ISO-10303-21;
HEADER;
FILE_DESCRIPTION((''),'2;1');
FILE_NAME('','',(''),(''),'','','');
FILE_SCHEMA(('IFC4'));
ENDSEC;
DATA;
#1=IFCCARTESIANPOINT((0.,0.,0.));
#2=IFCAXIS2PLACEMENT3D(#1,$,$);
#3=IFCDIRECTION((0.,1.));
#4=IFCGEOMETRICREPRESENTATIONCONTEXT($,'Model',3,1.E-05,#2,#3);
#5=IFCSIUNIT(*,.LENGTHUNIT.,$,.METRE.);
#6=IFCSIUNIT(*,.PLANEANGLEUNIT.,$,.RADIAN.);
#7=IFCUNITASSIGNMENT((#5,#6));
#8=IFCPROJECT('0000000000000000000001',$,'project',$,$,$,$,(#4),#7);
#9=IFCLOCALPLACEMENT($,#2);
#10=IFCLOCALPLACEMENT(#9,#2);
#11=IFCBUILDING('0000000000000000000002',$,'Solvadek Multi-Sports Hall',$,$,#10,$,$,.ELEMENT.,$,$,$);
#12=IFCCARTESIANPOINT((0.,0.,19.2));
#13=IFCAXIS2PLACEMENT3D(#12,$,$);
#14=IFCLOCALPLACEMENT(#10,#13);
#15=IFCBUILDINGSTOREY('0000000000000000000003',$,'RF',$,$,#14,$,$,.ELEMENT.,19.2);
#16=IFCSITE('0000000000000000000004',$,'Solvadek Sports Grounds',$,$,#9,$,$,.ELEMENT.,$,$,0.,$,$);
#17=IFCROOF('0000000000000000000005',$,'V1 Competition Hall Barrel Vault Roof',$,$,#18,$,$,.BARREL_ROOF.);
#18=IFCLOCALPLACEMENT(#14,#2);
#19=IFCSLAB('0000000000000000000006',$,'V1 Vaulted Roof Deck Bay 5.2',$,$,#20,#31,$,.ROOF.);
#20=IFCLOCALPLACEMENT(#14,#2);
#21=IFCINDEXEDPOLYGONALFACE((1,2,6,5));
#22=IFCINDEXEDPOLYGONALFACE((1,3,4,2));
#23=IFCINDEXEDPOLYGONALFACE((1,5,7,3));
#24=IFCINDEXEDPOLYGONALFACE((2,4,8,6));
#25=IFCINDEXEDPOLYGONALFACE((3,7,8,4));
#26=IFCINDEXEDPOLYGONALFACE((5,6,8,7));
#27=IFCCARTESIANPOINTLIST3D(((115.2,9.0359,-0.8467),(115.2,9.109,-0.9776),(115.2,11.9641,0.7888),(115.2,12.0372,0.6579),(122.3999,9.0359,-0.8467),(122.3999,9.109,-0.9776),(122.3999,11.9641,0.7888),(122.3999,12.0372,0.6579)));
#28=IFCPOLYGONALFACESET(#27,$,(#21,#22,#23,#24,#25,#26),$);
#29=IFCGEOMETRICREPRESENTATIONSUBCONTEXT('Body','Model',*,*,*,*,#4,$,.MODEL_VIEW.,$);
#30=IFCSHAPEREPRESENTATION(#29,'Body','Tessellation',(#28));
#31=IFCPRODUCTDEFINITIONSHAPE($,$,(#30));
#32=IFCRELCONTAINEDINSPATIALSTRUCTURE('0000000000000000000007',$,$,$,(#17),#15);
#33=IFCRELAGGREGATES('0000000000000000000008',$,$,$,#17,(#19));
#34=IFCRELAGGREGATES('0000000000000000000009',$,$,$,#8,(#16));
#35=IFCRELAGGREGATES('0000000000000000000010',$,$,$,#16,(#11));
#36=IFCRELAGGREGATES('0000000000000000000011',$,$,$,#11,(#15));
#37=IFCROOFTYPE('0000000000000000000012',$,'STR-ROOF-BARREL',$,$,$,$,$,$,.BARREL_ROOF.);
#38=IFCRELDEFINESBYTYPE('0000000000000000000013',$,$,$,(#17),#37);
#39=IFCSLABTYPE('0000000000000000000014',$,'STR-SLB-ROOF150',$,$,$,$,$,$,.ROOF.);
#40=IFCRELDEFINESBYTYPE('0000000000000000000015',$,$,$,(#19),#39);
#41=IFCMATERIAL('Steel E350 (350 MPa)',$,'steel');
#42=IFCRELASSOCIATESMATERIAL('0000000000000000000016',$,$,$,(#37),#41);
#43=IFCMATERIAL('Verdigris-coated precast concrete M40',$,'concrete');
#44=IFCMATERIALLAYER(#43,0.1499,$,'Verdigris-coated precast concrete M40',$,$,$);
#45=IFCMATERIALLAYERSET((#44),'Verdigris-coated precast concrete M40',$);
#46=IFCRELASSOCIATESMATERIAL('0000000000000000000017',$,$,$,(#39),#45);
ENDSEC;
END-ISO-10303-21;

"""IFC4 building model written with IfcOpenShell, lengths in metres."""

from ifc_helpers import new_model, si_unit, direction, frame, origin, place, context, subcontext, project, spatial, polyline, outline, extrude, material, layer, layer_set, type_object, element, aggregate, save


model = new_model("IFC4")

# Units and contexts
model_context = context("Model", 3, precision=1e-05, world=origin(), true_north=direction((0.0, 1.0)))
body_context = subcontext(model_context, "Body", "Model", "MODEL_VIEW")
ifc_project = project(units=[si_unit("LENGTHUNIT", "METRE"), si_unit("PLANEANGLEUNIT", "RADIAN")], contexts=[model_context])

# Site, building, storey
site_placement = place(None, origin())
site = spatial("IfcSite", under=ifc_project, at=site_placement, Name="Solvadek Sports Grounds", CompositionType="ELEMENT", RefElevation=0.0)
building_placement = place(site_placement, origin())
building = spatial("IfcBuilding", under=site, at=building_placement, Name="Solvadek Multi-Sports Hall", CompositionType="ELEMENT")
storey_placement = place(building_placement, frame((0.0, 0.0, 19.2)))
storey = spatial("IfcBuildingStorey", under=building, at=storey_placement, Name="RF", CompositionType="ELEMENT", Elevation=19.2)

# Shared definitions
ifc_material_1 = material(Name="Steel E350 (350 MPa)", Category="steel")

# Roof, slab
roof_type = type_object("IfcRoofType", Name="STR-ROOF-BARREL", PredefinedType="BARREL_ROOF", material=ifc_material_1)
roof_placement = place(storey_placement, origin())
roof = element("IfcRoof", 1, at=roof_placement, inside=storey, type_object=roof_type, Name="V1 Competition Hall Barrel Vault Roof", PredefinedType="BARREL_ROOF")
ifc_material_2 = material(Name="Verdigris-coated precast concrete M40", Category="concrete")
ifc_layer_1 = layer(ifc_material_2, 0.1499, Name="Verdigris-coated precast concrete M40")
ifc_layer_set_1 = layer_set([ifc_layer_1], Name="Verdigris-coated precast concrete M40")
slab_type = type_object("IfcSlabType", Name="STR-SLB-ROOF150", PredefinedType="ROOF", material=ifc_layer_set_1)
slab_1_placement = place(storey_placement, frame((115.2, 9.0359, -0.8467), z_axis=(0.0, -0.487626, 0.873053), x_axis=(1.0, 0.0, 0.0)))
slab_1 = element("IfcSlab", 2, at=slab_1_placement, type_object=slab_type, Name="V1 Vaulted Roof Deck Bay 5.2", PredefinedType="ROOF", context=body_context, shape_type="SweptSolid", body=[
    extrude(outline(polyline([(0.0, 0.0), (7.2, 0.0), (7.2, 3.354), (0.0, 3.354), (0.0, 0.0)])), origin(), (0.0, 0.0, -1.0), 0.1499),
])
aggregate(roof, [slab_1])

save(model, "model.ifc")
